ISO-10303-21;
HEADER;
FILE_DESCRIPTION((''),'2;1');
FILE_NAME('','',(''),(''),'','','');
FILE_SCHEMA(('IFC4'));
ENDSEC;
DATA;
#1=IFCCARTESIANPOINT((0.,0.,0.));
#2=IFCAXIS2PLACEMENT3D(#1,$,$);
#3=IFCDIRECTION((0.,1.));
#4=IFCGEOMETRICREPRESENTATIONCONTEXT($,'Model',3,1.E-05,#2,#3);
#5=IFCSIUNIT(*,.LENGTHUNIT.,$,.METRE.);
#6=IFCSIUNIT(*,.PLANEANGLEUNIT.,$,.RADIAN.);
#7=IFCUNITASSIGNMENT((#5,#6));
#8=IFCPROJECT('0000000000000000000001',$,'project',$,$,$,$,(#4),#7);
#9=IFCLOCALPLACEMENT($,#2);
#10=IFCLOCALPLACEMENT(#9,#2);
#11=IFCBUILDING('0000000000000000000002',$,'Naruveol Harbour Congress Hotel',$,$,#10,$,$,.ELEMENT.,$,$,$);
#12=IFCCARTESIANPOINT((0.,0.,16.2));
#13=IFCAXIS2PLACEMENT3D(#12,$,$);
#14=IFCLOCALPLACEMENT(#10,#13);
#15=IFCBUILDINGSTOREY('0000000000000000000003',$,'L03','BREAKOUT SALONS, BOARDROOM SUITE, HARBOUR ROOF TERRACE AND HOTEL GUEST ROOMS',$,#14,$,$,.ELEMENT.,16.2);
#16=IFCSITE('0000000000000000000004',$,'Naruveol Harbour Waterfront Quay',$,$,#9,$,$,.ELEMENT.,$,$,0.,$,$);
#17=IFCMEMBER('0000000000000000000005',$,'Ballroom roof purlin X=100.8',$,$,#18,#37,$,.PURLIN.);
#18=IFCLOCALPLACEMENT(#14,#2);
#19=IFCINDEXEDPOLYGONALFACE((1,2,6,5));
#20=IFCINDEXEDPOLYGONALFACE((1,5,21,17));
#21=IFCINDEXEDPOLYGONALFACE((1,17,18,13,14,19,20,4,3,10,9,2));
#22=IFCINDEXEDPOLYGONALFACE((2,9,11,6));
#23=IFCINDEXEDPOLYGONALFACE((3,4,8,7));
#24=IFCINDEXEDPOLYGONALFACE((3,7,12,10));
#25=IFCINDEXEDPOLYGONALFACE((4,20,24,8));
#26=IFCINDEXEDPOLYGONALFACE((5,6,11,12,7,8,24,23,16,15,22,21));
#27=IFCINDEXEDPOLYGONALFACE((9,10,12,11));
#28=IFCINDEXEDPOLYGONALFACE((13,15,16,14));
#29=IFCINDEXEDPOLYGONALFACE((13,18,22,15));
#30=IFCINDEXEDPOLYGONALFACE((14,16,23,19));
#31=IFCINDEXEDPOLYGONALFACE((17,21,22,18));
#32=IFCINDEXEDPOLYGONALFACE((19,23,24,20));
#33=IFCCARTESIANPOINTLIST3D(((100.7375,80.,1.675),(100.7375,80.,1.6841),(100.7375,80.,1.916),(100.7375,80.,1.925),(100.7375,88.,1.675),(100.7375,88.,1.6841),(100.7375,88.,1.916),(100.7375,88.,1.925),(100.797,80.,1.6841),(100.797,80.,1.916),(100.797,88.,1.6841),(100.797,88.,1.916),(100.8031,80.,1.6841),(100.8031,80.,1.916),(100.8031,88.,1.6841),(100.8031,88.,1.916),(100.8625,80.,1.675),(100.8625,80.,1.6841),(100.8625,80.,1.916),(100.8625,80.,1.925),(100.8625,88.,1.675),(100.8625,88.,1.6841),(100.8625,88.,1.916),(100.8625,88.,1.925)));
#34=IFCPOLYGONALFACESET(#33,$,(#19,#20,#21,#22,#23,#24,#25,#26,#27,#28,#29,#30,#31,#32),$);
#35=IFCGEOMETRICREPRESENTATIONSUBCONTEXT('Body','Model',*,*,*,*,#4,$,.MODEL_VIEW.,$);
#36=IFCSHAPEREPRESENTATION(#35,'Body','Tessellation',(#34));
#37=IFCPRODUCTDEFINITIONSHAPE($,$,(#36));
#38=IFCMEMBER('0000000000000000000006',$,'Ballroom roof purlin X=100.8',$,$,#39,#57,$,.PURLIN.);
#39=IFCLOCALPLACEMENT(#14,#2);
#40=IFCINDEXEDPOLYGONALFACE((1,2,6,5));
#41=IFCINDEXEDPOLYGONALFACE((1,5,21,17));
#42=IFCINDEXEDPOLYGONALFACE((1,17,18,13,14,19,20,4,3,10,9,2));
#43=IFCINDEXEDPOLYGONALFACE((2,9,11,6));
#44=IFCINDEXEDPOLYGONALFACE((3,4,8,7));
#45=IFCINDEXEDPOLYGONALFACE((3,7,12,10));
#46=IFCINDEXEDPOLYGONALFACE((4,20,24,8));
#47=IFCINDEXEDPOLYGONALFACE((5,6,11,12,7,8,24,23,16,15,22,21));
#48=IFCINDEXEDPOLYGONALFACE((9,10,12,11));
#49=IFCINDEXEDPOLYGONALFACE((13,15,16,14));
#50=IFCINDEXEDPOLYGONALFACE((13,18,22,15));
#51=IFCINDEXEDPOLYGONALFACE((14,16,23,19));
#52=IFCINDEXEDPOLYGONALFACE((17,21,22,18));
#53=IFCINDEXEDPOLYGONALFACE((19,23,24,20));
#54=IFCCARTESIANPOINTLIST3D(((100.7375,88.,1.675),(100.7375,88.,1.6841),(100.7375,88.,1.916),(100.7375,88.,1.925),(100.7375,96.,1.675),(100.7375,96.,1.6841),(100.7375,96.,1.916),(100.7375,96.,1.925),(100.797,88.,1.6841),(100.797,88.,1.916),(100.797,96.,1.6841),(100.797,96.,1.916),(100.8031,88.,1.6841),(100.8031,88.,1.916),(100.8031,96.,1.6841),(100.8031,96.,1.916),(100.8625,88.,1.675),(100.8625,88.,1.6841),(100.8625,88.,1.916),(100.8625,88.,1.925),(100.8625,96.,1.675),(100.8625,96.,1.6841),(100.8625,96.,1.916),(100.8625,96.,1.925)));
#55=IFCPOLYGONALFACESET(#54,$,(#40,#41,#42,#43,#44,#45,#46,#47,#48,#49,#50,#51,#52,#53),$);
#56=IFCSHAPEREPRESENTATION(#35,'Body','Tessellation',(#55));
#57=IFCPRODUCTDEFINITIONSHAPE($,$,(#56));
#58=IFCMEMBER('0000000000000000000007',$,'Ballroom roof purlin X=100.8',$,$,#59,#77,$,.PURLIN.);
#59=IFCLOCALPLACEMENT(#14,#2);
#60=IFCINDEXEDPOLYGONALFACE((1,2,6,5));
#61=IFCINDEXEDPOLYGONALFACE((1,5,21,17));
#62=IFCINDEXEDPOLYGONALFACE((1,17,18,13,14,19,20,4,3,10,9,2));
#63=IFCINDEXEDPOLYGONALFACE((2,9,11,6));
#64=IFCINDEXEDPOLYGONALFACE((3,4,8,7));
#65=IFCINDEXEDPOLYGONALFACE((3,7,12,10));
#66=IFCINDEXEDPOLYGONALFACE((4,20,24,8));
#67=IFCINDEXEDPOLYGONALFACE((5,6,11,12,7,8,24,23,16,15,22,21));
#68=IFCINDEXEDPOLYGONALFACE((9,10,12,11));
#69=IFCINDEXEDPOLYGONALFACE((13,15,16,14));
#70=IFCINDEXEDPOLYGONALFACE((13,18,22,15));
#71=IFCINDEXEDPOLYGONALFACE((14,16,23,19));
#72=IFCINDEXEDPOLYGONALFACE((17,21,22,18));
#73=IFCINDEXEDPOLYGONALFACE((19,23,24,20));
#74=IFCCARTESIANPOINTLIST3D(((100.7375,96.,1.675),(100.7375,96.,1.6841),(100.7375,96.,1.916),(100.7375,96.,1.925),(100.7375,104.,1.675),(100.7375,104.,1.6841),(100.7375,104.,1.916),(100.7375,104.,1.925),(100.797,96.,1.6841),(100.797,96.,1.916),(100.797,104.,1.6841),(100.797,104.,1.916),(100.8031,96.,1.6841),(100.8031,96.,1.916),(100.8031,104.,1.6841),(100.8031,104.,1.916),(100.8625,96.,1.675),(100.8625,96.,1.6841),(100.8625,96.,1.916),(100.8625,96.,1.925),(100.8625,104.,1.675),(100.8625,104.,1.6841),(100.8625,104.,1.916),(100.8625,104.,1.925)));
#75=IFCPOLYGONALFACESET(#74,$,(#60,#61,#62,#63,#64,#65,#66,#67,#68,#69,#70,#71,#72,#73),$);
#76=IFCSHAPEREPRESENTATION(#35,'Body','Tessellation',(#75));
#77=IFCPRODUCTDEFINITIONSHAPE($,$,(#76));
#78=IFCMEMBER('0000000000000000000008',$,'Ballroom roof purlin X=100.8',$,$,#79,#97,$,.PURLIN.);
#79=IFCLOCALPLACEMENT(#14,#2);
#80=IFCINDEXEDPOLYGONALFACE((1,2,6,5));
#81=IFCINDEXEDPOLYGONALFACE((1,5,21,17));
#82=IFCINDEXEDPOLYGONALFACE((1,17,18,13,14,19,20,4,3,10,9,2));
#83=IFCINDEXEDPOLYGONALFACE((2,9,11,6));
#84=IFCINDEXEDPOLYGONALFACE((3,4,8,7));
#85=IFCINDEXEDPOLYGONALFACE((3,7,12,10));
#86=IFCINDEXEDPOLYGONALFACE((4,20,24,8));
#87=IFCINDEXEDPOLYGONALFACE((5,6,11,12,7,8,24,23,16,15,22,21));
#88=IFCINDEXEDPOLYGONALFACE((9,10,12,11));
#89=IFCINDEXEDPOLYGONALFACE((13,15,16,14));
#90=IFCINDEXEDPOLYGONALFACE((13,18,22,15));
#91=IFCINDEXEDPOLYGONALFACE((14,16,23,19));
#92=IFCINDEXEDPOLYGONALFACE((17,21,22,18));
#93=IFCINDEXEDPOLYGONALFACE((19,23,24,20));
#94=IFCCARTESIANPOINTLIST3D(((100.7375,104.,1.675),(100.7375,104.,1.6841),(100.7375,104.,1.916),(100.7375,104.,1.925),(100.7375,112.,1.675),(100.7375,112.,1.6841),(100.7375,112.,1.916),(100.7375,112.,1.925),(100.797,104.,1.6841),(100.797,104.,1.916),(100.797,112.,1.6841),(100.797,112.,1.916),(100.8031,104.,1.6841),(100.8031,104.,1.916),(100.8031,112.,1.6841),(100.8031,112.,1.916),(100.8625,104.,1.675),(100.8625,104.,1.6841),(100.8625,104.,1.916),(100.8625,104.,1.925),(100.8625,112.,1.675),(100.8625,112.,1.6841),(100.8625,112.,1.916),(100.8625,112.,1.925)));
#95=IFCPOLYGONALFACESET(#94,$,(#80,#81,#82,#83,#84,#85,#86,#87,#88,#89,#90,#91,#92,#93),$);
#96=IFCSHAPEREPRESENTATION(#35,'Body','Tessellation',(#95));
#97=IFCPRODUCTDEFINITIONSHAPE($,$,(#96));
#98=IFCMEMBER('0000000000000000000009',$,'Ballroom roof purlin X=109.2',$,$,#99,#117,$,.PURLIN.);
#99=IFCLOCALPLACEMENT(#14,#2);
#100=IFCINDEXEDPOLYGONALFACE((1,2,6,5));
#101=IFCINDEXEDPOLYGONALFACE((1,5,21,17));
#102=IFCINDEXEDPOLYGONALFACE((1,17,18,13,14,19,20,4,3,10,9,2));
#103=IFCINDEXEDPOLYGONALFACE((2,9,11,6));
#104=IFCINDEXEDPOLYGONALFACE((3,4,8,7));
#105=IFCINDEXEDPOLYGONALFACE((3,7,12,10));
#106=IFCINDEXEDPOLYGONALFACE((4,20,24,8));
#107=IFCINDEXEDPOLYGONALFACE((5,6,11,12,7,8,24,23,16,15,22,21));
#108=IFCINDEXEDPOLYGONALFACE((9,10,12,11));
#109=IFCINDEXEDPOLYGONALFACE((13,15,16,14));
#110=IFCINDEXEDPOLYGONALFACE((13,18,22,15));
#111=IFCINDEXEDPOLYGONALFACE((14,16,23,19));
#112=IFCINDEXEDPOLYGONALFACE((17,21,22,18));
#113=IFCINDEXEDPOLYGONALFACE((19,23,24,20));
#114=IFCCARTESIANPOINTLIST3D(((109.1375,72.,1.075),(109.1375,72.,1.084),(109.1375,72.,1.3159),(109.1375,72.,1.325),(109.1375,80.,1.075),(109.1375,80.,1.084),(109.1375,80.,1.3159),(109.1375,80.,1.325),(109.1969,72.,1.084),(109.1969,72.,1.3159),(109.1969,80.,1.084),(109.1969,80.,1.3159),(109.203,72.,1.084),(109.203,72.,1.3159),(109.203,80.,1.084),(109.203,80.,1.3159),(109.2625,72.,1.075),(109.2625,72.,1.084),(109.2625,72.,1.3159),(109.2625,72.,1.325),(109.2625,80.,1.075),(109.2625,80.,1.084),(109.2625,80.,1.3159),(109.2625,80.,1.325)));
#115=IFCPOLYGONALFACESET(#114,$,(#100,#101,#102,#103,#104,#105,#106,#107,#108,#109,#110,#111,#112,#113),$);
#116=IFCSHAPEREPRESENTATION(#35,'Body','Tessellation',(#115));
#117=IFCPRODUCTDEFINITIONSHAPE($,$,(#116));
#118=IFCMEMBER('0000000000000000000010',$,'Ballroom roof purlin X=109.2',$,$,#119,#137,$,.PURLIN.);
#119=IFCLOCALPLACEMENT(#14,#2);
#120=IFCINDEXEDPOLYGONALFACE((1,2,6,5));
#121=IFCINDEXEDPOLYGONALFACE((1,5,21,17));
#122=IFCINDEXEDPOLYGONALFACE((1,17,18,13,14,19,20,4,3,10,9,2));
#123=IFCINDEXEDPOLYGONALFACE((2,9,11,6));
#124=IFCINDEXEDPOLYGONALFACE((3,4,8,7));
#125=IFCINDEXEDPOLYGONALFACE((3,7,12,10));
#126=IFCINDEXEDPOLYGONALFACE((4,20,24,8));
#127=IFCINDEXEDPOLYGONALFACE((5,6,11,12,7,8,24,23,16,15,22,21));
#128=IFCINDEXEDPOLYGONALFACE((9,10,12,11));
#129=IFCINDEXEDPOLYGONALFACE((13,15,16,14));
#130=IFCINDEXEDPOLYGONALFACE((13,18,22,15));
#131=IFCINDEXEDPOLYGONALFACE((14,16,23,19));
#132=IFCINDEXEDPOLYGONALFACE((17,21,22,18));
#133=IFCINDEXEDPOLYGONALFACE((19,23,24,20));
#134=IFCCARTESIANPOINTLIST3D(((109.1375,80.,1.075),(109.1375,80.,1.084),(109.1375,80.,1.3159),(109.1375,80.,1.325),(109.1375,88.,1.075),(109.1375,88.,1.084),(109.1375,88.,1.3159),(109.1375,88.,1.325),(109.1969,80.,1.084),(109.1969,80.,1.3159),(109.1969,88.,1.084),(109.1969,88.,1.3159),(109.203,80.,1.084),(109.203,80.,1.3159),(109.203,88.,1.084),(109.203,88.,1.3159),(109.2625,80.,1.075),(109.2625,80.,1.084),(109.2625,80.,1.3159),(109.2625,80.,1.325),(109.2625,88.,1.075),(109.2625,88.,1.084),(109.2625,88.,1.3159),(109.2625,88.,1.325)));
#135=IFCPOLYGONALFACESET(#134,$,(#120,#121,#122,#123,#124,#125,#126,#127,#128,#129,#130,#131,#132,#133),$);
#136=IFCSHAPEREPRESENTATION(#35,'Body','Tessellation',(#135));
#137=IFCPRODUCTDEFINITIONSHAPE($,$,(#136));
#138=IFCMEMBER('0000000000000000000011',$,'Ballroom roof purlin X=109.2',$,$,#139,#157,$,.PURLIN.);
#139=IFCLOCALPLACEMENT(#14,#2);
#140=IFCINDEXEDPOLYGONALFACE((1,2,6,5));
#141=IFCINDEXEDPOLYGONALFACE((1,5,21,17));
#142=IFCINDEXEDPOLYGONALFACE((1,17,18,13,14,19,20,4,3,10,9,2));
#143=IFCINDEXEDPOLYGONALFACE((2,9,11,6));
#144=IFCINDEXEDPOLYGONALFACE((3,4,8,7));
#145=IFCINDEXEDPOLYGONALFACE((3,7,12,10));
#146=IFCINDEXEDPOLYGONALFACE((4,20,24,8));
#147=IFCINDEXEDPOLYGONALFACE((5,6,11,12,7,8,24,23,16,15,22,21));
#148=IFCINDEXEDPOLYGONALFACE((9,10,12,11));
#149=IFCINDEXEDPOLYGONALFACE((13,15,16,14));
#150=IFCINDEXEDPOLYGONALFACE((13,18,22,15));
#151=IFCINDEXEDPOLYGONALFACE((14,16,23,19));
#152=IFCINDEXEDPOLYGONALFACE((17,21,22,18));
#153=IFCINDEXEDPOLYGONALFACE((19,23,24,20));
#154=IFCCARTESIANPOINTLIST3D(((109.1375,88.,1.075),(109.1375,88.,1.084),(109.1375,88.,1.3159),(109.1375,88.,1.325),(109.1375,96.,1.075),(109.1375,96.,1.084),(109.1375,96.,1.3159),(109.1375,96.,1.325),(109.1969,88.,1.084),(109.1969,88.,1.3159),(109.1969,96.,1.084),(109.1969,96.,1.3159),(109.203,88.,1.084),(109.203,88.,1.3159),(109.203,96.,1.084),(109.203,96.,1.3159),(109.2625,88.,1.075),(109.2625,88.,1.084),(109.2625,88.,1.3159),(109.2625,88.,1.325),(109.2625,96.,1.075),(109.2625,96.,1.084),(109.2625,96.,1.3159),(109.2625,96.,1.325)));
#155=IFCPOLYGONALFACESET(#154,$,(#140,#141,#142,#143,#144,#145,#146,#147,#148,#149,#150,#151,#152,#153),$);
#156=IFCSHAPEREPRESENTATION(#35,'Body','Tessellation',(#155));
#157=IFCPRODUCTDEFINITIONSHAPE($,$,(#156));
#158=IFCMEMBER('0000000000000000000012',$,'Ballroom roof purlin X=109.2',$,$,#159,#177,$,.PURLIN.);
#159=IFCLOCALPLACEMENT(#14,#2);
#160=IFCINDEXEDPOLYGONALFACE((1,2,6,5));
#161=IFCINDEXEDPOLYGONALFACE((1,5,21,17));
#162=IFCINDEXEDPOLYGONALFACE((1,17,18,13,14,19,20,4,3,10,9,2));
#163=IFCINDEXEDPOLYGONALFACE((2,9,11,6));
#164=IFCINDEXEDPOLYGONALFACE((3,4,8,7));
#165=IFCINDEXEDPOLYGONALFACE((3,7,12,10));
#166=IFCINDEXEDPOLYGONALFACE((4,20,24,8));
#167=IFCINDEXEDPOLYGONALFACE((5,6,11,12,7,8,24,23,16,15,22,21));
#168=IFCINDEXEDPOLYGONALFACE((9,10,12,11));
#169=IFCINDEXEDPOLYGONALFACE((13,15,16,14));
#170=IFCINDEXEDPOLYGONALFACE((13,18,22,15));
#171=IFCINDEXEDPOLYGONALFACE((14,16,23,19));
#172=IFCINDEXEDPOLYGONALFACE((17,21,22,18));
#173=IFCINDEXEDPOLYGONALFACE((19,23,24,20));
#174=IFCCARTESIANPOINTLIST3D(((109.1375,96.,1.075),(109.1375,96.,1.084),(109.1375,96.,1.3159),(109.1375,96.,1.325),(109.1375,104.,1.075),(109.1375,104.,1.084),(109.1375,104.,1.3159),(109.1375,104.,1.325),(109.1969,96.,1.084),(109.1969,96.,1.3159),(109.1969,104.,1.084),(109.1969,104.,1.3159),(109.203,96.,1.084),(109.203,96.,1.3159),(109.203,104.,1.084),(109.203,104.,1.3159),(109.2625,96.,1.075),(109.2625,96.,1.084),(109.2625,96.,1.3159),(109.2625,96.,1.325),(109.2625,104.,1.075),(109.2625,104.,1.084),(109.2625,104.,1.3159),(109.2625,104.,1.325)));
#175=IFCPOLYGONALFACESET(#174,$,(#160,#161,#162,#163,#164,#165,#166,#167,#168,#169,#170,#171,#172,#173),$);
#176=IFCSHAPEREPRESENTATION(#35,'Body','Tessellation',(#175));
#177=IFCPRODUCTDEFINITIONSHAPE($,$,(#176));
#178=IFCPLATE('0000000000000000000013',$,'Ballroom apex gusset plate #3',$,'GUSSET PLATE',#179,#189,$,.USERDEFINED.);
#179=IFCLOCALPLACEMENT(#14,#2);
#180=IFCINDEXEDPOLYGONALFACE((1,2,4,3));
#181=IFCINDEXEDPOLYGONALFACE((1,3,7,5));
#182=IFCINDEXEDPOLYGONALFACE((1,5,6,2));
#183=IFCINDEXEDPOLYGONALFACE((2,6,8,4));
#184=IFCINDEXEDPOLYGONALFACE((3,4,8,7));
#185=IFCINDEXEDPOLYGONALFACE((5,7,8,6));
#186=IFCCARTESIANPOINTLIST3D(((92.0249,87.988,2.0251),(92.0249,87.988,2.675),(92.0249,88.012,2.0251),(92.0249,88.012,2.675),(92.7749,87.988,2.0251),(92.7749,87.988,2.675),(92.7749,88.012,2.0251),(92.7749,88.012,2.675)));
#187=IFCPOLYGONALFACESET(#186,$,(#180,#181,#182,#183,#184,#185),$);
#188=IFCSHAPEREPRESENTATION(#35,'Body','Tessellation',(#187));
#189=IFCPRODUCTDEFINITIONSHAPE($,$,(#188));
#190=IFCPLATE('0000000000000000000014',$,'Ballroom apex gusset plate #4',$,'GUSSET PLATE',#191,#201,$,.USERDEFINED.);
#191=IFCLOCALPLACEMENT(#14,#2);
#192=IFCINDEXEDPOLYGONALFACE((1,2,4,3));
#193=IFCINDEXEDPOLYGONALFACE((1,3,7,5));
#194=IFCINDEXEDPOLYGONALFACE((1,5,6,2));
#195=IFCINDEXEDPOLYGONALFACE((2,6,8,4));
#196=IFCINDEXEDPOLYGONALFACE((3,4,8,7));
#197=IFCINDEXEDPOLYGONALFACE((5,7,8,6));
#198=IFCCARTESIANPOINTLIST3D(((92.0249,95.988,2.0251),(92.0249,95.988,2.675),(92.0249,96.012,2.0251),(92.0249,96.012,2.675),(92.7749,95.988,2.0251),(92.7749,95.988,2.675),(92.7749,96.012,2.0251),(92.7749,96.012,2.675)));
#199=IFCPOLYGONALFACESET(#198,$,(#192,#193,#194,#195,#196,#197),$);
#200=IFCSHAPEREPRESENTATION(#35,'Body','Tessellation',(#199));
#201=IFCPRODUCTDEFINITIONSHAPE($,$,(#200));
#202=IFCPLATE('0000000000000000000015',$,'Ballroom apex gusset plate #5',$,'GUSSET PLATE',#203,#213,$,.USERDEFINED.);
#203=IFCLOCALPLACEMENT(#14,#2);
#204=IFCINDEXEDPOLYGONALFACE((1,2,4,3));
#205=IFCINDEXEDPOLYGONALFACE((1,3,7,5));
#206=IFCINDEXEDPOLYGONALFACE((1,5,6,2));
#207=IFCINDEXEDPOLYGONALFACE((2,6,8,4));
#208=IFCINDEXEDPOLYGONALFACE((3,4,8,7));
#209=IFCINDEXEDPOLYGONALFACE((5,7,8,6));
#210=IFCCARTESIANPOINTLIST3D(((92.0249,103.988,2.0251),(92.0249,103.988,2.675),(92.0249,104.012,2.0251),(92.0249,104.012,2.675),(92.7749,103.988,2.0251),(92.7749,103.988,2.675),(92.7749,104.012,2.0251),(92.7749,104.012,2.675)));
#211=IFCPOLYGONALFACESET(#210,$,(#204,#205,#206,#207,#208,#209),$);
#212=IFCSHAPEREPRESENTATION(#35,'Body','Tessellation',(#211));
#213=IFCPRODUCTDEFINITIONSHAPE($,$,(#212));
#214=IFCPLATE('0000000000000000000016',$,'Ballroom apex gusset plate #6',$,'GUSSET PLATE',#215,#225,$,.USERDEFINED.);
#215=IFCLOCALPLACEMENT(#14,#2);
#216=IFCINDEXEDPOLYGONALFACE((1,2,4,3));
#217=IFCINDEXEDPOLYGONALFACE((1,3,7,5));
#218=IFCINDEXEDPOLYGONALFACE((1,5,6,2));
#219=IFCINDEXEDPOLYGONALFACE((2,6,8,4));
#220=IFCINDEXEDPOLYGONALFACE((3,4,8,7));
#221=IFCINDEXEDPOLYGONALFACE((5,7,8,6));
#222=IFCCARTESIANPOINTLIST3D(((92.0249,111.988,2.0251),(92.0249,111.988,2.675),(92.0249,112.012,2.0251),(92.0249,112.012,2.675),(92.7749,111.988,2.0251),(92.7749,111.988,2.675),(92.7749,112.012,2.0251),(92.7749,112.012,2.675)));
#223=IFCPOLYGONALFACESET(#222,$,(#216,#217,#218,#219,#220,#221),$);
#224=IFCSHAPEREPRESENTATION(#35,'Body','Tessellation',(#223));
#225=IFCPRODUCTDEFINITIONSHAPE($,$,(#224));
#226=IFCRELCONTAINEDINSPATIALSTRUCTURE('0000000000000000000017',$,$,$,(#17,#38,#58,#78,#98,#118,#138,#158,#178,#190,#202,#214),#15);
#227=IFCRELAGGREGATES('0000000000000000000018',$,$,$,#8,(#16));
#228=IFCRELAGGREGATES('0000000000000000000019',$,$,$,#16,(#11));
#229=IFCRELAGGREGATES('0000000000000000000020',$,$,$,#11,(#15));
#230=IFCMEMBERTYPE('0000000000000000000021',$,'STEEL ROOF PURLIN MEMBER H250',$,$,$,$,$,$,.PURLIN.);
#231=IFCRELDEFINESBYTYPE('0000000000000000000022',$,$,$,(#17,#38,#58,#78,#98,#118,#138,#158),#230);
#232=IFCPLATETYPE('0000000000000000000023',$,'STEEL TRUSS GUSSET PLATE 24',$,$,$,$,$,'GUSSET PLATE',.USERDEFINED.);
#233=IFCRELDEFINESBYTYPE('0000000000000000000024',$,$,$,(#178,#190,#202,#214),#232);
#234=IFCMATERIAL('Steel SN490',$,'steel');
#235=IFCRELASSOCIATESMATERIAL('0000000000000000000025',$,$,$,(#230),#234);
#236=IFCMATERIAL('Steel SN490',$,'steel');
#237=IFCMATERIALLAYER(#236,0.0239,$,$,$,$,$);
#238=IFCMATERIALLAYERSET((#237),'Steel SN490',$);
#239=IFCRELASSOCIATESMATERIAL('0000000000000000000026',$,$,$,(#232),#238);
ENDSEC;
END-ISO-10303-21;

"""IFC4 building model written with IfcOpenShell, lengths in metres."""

from ifc_helpers import new_model, si_unit, direction, frame, origin, origin_2d, place, context, subcontext, project, spatial, rectangle, i_section, extrude, material, layer, layer_set, material_profile, profile_set, type_object, element, save


model = new_model("IFC4")

# Units and contexts
model_context = context("Model", 3, precision=1e-05, world=origin(), true_north=direction((0.0, 1.0)))
body_context = subcontext(model_context, "Body", "Model", "MODEL_VIEW")
ifc_project = project(units=[si_unit("LENGTHUNIT", "METRE"), si_unit("PLANEANGLEUNIT", "RADIAN")], contexts=[model_context])

# Site, building, storey
site_placement = place(None, origin())
site = spatial("IfcSite", under=ifc_project, at=site_placement, Name="Naruveol Harbour Waterfront Quay", CompositionType="ELEMENT", RefElevation=0.0)
building_placement = place(site_placement, origin())
building = spatial("IfcBuilding", under=site, at=building_placement, Name="Naruveol Harbour Congress Hotel", CompositionType="ELEMENT")
storey_placement = place(building_placement, frame((0.0, 0.0, 16.2)))
storey = spatial("IfcBuildingStorey", under=building, at=storey_placement, Name="L03", Description="BREAKOUT SALONS, BOARDROOM SUITE, HARBOUR ROOF TERRACE AND HOTEL GUEST ROOMS", CompositionType="ELEMENT", Elevation=16.2)

# Members
ifc_material_1 = material(Name="Steel SN490", Category="steel")
ifc_material_profile_1 = material_profile(ifc_material_1, i_section(OverallWidth=0.125, OverallDepth=0.25, WebThickness=0.0061, FlangeThickness=0.009, at=origin_2d()), Name="H-250x125x6x9")
ifc_profile_set_1 = profile_set([ifc_material_profile_1], Name="Steel SN490")
member_type_1 = type_object("IfcMemberType", Name="STEEL ROOF PURLIN MEMBER H250", PredefinedType="PURLIN", material=ifc_profile_set_1)
for number, where, z_axis, x_axis, name in (
    (1, (100.8, 80.0, 1.8), (0.0, 1.0, 0.0), (-1.0, 0.0, 0.0), "Ballroom roof purlin X=100.8"),
    (2, (100.8, 88.0, 1.8), (0.0, 1.0, 0.0), (-1.0, 0.0, 0.0), "Ballroom roof purlin X=100.8"),
    (3, (100.8, 96.0, 1.8), (0.0, 1.0, 0.0), (-1.0, 0.0, 0.0), "Ballroom roof purlin X=100.8"),
    (4, (100.8, 104.0, 1.8), (0.0, 1.0, 0.0), (-1.0, 0.0, 0.0), "Ballroom roof purlin X=100.8"),
    (5, (109.2, 72.0, 1.2), (0.0, 1.0, 0.0), (-1.0, 0.0, 0.0), "Ballroom roof purlin X=109.2"),
    (6, (109.2, 80.0, 1.2), (0.0, 1.0, 0.0), (-1.0, 0.0, 0.0), "Ballroom roof purlin X=109.2"),
    (7, (109.2, 88.0, 1.2), (0.0, 1.0, 0.0), (-1.0, 0.0, 0.0), "Ballroom roof purlin X=109.2"),
    (8, (109.2, 96.0, 1.2), (0.0, 1.0, 0.0), (-1.0, 0.0, 0.0), "Ballroom roof purlin X=109.2"),
):
    element("IfcMember", number, at=place(storey_placement, frame(where, z_axis=z_axis, x_axis=x_axis)), inside=storey, type_object=member_type_1, Name=name, PredefinedType="PURLIN", context=body_context, shape_type="SweptSolid", body=[
        extrude(i_section(OverallWidth=0.125, OverallDepth=0.25, WebThickness=0.0061, FlangeThickness=0.009, at=origin_2d()), origin(), (0.0, 0.0, 1.0), 8.0),
    ])

# Plates
ifc_material_2 = material(Name="Steel SN490", Category="steel")
ifc_layer_1 = layer(ifc_material_2, 0.0239)
ifc_layer_set_1 = layer_set([ifc_layer_1], Name="Steel SN490")
plate_type = type_object("IfcPlateType", Name="STEEL TRUSS GUSSET PLATE 24", ElementType="GUSSET PLATE", PredefinedType="USERDEFINED", material=ifc_layer_set_1)
for number, where, z_axis, x_axis, name in (
    (9, (92.3999, 88.0, 2.0251), (0.0, 0.0, 1.0), (1.0, 0.0, 0.0), "Ballroom apex gusset plate #3"),
    (10, (92.3999, 96.0, 2.0251), (0.0, 0.0, 1.0), (1.0, 0.0, 0.0), "Ballroom apex gusset plate #4"),
    (11, (92.3999, 104.0, 2.0251), (0.0, 0.0, 1.0), (1.0, 0.0, 0.0), "Ballroom apex gusset plate #5"),
    (12, (92.3999, 112.0, 2.0251), (0.0, 0.0, 1.0), (1.0, 0.0, 0.0), "Ballroom apex gusset plate #6"),
):
    element("IfcPlate", number, at=place(storey_placement, frame(where, z_axis=z_axis, x_axis=x_axis)), inside=storey, type_object=plate_type, Name=name, ObjectType="GUSSET PLATE", PredefinedType="USERDEFINED", context=body_context, shape_type="SweptSolid", body=[
        extrude(rectangle(XDim=0.75, YDim=0.0239, at=origin_2d()), origin(), (0.0, 0.0, 1.0), 0.6499),
    ])

save(model, "model.ifc")
